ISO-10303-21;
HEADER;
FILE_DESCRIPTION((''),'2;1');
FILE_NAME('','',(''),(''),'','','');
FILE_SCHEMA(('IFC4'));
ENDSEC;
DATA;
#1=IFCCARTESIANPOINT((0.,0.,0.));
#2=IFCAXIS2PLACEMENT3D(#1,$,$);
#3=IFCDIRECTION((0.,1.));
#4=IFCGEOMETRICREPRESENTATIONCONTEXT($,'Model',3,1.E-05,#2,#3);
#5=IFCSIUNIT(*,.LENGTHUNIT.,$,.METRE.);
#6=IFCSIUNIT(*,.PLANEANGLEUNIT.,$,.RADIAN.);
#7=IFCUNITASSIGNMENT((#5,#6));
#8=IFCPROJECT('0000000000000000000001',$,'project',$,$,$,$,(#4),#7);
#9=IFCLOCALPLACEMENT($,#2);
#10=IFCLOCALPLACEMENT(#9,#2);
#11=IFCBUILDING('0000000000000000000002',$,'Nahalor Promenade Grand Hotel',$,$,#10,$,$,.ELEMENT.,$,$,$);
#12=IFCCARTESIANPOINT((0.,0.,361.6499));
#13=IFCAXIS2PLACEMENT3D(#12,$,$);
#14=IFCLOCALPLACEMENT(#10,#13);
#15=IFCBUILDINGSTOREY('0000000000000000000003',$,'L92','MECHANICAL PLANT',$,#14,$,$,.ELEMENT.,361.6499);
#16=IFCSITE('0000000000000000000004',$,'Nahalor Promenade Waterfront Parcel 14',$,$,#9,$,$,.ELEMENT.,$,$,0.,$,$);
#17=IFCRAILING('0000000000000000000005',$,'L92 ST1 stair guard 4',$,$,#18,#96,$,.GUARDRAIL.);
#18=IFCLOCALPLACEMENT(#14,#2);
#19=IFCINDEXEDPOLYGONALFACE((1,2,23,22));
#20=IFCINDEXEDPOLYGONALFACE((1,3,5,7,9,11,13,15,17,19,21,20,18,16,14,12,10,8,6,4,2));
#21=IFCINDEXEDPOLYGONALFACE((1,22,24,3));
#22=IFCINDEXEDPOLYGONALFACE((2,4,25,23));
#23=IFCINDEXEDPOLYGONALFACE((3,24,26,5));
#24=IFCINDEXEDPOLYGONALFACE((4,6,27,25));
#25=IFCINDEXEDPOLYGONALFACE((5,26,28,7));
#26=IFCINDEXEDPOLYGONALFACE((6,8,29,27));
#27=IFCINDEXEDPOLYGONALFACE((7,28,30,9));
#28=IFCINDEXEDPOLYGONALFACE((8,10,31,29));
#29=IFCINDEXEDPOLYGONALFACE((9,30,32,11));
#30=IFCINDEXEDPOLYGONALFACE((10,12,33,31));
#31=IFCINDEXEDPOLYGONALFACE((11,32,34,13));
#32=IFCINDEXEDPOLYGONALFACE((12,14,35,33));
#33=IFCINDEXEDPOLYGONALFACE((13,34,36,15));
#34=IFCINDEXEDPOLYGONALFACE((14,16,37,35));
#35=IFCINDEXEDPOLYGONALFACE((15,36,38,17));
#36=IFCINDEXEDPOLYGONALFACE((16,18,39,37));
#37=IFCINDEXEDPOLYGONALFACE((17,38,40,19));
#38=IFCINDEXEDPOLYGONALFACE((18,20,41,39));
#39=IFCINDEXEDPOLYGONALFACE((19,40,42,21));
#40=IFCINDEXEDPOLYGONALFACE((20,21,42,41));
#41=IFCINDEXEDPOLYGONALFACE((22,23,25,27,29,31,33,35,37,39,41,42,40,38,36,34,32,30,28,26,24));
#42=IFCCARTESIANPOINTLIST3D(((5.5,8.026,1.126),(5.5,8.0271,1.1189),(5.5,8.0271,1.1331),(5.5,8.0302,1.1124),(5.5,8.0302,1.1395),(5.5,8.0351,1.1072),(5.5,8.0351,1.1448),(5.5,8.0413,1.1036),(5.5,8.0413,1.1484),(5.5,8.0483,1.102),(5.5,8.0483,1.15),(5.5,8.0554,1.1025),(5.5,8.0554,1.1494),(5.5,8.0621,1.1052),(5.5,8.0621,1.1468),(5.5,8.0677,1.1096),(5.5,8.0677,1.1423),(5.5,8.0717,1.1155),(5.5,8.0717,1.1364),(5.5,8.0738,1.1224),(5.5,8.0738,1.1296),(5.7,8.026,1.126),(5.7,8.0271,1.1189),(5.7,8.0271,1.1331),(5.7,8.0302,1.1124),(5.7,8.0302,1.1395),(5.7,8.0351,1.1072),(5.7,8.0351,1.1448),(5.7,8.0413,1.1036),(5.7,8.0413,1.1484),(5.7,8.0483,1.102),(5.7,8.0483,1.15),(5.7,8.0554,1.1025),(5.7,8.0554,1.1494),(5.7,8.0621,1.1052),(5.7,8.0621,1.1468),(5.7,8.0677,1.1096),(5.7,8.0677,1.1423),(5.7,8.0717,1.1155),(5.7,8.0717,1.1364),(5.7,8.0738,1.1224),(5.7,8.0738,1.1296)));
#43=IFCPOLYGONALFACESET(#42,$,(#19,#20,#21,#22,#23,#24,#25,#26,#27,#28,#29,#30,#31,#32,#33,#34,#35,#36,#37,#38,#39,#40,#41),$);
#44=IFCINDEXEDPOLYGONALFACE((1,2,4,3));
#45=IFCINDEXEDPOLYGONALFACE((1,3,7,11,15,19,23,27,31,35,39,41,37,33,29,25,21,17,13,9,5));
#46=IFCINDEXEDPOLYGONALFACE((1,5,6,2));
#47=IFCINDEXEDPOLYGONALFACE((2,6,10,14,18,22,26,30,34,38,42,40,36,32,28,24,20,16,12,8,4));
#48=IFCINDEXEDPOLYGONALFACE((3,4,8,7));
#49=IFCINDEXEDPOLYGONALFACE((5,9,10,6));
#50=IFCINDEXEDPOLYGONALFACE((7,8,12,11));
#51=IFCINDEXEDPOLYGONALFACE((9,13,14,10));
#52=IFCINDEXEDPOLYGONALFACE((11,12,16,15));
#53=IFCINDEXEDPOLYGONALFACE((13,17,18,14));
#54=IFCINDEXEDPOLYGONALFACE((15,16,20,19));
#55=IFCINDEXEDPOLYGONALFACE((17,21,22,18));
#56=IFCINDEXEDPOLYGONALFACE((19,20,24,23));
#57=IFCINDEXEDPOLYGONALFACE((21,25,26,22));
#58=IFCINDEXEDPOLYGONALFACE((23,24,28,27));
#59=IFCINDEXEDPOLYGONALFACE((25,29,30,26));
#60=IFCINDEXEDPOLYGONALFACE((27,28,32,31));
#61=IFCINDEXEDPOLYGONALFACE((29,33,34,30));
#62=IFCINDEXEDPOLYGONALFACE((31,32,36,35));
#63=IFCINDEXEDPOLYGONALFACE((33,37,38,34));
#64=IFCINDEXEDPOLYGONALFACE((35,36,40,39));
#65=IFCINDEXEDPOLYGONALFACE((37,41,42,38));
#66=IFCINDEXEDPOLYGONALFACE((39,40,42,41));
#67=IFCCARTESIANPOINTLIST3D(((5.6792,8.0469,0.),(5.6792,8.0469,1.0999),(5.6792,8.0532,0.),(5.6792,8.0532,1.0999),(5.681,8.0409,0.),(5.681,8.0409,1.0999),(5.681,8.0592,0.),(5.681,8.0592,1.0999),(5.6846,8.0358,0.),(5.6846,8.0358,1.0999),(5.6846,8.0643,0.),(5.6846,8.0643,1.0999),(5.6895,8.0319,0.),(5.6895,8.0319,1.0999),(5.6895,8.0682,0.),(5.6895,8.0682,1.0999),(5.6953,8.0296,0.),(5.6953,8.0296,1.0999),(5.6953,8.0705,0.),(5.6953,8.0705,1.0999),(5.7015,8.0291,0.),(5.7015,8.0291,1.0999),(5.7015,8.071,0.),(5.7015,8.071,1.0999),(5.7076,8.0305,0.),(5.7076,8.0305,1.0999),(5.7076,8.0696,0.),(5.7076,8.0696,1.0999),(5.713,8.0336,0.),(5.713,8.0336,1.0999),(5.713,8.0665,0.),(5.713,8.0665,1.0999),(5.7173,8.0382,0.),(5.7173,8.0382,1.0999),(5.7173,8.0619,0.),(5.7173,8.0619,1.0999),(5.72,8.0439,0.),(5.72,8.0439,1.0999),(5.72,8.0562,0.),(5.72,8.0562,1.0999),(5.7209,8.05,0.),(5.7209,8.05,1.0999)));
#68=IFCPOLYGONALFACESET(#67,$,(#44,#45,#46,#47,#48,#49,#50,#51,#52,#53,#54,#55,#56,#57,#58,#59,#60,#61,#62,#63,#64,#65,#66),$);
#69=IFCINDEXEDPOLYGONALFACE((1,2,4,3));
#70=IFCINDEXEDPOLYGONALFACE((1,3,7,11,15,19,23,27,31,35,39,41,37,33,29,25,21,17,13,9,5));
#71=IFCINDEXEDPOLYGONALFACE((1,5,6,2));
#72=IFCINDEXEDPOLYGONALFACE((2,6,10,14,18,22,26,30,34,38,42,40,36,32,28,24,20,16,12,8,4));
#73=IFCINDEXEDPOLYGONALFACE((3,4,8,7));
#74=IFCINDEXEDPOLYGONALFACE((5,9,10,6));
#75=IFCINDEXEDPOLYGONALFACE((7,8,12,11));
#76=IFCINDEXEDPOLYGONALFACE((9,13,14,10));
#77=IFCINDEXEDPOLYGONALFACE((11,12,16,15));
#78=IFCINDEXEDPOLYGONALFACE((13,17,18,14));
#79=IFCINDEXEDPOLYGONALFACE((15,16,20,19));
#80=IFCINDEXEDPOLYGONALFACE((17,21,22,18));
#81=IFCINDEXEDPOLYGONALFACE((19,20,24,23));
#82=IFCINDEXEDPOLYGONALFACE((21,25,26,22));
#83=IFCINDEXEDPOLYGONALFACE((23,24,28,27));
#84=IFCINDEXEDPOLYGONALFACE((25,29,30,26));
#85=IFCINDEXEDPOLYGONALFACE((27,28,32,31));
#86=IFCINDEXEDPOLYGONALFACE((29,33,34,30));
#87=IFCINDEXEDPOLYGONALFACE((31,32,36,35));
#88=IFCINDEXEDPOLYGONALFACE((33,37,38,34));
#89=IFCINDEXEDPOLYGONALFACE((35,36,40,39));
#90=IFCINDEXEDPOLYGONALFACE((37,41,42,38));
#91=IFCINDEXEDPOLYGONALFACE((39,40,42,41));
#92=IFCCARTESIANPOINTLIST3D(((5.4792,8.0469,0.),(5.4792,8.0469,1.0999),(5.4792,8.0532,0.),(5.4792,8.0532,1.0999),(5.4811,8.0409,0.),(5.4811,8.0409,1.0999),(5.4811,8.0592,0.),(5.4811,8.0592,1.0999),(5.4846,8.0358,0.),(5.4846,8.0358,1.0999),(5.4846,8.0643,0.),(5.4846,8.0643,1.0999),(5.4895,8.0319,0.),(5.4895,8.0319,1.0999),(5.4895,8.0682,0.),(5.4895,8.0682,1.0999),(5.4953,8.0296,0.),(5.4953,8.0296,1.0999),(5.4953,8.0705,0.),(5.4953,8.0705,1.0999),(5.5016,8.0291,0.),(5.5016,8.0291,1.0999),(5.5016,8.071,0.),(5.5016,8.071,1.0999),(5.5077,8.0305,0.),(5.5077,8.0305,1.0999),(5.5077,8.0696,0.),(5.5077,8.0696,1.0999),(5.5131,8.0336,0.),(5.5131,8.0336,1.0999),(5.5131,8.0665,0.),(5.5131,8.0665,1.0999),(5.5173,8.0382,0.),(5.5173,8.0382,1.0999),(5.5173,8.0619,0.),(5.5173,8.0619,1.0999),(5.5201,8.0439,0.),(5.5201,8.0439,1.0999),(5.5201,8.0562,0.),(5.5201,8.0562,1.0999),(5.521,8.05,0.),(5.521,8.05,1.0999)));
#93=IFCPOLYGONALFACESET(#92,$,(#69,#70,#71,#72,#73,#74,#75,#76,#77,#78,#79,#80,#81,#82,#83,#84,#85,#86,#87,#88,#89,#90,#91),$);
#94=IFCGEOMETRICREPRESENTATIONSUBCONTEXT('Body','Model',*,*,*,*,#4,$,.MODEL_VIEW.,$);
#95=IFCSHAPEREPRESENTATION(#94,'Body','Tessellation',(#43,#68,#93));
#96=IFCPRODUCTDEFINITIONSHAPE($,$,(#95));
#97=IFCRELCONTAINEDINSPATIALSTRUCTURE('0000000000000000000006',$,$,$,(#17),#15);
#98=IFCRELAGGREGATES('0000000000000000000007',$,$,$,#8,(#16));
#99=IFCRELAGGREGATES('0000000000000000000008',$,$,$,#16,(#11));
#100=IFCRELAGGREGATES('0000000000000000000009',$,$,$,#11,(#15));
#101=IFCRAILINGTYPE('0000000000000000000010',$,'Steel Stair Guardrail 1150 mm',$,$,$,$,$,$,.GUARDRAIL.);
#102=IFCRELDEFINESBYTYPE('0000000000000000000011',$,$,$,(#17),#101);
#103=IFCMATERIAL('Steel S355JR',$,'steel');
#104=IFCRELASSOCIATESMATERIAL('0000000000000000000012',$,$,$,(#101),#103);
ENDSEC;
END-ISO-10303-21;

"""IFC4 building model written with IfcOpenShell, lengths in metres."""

from ifc_helpers import new_model, si_unit, direction, frame, origin, origin_2d, place, context, subcontext, project, spatial, circle, extrude, material, type_object, element, save


model = new_model("IFC4")

# Units and contexts
model_context = context("Model", 3, precision=1e-05, world=origin(), true_north=direction((0.0, 1.0)))
body_context = subcontext(model_context, "Body", "Model", "MODEL_VIEW")
ifc_project = project(units=[si_unit("LENGTHUNIT", "METRE"), si_unit("PLANEANGLEUNIT", "RADIAN")], contexts=[model_context])

# Site, building, storey
site_placement = place(None, origin())
site = spatial("IfcSite", under=ifc_project, at=site_placement, Name="Nahalor Promenade Waterfront Parcel 14", CompositionType="ELEMENT", RefElevation=0.0)
building_placement = place(site_placement, origin())
building = spatial("IfcBuilding", under=site, at=building_placement, Name="Nahalor Promenade Grand Hotel", CompositionType="ELEMENT")
storey_placement = place(building_placement, frame((0.0, 0.0, 361.6499)))
storey = spatial("IfcBuildingStorey", under=building, at=storey_placement, Name="L92", Description="MECHANICAL PLANT", CompositionType="ELEMENT", Elevation=361.6499)

# Shared definitions
ifc_material_1 = material(Name="Steel S355JR", Category="steel")

# Railing
railing_type = type_object("IfcRailingType", Name="Steel Stair Guardrail 1150 mm", PredefinedType="GUARDRAIL", material=ifc_material_1)
railing_1_placement = place(storey_placement, frame((5.7, 8.05, 0.0)))
element("IfcRailing", 1, at=railing_1_placement, inside=storey, type_object=railing_type, Name="L92 ST1 stair guard 4", PredefinedType="GUARDRAIL", context=body_context, shape_type="SweptSolid", body=[
    extrude(circle(Radius=0.024, at=origin_2d()), frame((0.0, 0.0, 1.126), z_axis=(-1.0, 0.0, 0.0), x_axis=(0.0, -1.0, 0.0)), (0.0, 0.0, 1.0), 0.2),
    extrude(circle(Radius=0.021, at=origin_2d()), origin(), (0.0, 0.0, 1.0), 1.0999),
    extrude(circle(Radius=0.021, at=origin_2d()), frame((-0.2, 0.0, 0.0)), (0.0, 0.0, 1.0), 1.0999),
])

save(model, "model.ifc")
